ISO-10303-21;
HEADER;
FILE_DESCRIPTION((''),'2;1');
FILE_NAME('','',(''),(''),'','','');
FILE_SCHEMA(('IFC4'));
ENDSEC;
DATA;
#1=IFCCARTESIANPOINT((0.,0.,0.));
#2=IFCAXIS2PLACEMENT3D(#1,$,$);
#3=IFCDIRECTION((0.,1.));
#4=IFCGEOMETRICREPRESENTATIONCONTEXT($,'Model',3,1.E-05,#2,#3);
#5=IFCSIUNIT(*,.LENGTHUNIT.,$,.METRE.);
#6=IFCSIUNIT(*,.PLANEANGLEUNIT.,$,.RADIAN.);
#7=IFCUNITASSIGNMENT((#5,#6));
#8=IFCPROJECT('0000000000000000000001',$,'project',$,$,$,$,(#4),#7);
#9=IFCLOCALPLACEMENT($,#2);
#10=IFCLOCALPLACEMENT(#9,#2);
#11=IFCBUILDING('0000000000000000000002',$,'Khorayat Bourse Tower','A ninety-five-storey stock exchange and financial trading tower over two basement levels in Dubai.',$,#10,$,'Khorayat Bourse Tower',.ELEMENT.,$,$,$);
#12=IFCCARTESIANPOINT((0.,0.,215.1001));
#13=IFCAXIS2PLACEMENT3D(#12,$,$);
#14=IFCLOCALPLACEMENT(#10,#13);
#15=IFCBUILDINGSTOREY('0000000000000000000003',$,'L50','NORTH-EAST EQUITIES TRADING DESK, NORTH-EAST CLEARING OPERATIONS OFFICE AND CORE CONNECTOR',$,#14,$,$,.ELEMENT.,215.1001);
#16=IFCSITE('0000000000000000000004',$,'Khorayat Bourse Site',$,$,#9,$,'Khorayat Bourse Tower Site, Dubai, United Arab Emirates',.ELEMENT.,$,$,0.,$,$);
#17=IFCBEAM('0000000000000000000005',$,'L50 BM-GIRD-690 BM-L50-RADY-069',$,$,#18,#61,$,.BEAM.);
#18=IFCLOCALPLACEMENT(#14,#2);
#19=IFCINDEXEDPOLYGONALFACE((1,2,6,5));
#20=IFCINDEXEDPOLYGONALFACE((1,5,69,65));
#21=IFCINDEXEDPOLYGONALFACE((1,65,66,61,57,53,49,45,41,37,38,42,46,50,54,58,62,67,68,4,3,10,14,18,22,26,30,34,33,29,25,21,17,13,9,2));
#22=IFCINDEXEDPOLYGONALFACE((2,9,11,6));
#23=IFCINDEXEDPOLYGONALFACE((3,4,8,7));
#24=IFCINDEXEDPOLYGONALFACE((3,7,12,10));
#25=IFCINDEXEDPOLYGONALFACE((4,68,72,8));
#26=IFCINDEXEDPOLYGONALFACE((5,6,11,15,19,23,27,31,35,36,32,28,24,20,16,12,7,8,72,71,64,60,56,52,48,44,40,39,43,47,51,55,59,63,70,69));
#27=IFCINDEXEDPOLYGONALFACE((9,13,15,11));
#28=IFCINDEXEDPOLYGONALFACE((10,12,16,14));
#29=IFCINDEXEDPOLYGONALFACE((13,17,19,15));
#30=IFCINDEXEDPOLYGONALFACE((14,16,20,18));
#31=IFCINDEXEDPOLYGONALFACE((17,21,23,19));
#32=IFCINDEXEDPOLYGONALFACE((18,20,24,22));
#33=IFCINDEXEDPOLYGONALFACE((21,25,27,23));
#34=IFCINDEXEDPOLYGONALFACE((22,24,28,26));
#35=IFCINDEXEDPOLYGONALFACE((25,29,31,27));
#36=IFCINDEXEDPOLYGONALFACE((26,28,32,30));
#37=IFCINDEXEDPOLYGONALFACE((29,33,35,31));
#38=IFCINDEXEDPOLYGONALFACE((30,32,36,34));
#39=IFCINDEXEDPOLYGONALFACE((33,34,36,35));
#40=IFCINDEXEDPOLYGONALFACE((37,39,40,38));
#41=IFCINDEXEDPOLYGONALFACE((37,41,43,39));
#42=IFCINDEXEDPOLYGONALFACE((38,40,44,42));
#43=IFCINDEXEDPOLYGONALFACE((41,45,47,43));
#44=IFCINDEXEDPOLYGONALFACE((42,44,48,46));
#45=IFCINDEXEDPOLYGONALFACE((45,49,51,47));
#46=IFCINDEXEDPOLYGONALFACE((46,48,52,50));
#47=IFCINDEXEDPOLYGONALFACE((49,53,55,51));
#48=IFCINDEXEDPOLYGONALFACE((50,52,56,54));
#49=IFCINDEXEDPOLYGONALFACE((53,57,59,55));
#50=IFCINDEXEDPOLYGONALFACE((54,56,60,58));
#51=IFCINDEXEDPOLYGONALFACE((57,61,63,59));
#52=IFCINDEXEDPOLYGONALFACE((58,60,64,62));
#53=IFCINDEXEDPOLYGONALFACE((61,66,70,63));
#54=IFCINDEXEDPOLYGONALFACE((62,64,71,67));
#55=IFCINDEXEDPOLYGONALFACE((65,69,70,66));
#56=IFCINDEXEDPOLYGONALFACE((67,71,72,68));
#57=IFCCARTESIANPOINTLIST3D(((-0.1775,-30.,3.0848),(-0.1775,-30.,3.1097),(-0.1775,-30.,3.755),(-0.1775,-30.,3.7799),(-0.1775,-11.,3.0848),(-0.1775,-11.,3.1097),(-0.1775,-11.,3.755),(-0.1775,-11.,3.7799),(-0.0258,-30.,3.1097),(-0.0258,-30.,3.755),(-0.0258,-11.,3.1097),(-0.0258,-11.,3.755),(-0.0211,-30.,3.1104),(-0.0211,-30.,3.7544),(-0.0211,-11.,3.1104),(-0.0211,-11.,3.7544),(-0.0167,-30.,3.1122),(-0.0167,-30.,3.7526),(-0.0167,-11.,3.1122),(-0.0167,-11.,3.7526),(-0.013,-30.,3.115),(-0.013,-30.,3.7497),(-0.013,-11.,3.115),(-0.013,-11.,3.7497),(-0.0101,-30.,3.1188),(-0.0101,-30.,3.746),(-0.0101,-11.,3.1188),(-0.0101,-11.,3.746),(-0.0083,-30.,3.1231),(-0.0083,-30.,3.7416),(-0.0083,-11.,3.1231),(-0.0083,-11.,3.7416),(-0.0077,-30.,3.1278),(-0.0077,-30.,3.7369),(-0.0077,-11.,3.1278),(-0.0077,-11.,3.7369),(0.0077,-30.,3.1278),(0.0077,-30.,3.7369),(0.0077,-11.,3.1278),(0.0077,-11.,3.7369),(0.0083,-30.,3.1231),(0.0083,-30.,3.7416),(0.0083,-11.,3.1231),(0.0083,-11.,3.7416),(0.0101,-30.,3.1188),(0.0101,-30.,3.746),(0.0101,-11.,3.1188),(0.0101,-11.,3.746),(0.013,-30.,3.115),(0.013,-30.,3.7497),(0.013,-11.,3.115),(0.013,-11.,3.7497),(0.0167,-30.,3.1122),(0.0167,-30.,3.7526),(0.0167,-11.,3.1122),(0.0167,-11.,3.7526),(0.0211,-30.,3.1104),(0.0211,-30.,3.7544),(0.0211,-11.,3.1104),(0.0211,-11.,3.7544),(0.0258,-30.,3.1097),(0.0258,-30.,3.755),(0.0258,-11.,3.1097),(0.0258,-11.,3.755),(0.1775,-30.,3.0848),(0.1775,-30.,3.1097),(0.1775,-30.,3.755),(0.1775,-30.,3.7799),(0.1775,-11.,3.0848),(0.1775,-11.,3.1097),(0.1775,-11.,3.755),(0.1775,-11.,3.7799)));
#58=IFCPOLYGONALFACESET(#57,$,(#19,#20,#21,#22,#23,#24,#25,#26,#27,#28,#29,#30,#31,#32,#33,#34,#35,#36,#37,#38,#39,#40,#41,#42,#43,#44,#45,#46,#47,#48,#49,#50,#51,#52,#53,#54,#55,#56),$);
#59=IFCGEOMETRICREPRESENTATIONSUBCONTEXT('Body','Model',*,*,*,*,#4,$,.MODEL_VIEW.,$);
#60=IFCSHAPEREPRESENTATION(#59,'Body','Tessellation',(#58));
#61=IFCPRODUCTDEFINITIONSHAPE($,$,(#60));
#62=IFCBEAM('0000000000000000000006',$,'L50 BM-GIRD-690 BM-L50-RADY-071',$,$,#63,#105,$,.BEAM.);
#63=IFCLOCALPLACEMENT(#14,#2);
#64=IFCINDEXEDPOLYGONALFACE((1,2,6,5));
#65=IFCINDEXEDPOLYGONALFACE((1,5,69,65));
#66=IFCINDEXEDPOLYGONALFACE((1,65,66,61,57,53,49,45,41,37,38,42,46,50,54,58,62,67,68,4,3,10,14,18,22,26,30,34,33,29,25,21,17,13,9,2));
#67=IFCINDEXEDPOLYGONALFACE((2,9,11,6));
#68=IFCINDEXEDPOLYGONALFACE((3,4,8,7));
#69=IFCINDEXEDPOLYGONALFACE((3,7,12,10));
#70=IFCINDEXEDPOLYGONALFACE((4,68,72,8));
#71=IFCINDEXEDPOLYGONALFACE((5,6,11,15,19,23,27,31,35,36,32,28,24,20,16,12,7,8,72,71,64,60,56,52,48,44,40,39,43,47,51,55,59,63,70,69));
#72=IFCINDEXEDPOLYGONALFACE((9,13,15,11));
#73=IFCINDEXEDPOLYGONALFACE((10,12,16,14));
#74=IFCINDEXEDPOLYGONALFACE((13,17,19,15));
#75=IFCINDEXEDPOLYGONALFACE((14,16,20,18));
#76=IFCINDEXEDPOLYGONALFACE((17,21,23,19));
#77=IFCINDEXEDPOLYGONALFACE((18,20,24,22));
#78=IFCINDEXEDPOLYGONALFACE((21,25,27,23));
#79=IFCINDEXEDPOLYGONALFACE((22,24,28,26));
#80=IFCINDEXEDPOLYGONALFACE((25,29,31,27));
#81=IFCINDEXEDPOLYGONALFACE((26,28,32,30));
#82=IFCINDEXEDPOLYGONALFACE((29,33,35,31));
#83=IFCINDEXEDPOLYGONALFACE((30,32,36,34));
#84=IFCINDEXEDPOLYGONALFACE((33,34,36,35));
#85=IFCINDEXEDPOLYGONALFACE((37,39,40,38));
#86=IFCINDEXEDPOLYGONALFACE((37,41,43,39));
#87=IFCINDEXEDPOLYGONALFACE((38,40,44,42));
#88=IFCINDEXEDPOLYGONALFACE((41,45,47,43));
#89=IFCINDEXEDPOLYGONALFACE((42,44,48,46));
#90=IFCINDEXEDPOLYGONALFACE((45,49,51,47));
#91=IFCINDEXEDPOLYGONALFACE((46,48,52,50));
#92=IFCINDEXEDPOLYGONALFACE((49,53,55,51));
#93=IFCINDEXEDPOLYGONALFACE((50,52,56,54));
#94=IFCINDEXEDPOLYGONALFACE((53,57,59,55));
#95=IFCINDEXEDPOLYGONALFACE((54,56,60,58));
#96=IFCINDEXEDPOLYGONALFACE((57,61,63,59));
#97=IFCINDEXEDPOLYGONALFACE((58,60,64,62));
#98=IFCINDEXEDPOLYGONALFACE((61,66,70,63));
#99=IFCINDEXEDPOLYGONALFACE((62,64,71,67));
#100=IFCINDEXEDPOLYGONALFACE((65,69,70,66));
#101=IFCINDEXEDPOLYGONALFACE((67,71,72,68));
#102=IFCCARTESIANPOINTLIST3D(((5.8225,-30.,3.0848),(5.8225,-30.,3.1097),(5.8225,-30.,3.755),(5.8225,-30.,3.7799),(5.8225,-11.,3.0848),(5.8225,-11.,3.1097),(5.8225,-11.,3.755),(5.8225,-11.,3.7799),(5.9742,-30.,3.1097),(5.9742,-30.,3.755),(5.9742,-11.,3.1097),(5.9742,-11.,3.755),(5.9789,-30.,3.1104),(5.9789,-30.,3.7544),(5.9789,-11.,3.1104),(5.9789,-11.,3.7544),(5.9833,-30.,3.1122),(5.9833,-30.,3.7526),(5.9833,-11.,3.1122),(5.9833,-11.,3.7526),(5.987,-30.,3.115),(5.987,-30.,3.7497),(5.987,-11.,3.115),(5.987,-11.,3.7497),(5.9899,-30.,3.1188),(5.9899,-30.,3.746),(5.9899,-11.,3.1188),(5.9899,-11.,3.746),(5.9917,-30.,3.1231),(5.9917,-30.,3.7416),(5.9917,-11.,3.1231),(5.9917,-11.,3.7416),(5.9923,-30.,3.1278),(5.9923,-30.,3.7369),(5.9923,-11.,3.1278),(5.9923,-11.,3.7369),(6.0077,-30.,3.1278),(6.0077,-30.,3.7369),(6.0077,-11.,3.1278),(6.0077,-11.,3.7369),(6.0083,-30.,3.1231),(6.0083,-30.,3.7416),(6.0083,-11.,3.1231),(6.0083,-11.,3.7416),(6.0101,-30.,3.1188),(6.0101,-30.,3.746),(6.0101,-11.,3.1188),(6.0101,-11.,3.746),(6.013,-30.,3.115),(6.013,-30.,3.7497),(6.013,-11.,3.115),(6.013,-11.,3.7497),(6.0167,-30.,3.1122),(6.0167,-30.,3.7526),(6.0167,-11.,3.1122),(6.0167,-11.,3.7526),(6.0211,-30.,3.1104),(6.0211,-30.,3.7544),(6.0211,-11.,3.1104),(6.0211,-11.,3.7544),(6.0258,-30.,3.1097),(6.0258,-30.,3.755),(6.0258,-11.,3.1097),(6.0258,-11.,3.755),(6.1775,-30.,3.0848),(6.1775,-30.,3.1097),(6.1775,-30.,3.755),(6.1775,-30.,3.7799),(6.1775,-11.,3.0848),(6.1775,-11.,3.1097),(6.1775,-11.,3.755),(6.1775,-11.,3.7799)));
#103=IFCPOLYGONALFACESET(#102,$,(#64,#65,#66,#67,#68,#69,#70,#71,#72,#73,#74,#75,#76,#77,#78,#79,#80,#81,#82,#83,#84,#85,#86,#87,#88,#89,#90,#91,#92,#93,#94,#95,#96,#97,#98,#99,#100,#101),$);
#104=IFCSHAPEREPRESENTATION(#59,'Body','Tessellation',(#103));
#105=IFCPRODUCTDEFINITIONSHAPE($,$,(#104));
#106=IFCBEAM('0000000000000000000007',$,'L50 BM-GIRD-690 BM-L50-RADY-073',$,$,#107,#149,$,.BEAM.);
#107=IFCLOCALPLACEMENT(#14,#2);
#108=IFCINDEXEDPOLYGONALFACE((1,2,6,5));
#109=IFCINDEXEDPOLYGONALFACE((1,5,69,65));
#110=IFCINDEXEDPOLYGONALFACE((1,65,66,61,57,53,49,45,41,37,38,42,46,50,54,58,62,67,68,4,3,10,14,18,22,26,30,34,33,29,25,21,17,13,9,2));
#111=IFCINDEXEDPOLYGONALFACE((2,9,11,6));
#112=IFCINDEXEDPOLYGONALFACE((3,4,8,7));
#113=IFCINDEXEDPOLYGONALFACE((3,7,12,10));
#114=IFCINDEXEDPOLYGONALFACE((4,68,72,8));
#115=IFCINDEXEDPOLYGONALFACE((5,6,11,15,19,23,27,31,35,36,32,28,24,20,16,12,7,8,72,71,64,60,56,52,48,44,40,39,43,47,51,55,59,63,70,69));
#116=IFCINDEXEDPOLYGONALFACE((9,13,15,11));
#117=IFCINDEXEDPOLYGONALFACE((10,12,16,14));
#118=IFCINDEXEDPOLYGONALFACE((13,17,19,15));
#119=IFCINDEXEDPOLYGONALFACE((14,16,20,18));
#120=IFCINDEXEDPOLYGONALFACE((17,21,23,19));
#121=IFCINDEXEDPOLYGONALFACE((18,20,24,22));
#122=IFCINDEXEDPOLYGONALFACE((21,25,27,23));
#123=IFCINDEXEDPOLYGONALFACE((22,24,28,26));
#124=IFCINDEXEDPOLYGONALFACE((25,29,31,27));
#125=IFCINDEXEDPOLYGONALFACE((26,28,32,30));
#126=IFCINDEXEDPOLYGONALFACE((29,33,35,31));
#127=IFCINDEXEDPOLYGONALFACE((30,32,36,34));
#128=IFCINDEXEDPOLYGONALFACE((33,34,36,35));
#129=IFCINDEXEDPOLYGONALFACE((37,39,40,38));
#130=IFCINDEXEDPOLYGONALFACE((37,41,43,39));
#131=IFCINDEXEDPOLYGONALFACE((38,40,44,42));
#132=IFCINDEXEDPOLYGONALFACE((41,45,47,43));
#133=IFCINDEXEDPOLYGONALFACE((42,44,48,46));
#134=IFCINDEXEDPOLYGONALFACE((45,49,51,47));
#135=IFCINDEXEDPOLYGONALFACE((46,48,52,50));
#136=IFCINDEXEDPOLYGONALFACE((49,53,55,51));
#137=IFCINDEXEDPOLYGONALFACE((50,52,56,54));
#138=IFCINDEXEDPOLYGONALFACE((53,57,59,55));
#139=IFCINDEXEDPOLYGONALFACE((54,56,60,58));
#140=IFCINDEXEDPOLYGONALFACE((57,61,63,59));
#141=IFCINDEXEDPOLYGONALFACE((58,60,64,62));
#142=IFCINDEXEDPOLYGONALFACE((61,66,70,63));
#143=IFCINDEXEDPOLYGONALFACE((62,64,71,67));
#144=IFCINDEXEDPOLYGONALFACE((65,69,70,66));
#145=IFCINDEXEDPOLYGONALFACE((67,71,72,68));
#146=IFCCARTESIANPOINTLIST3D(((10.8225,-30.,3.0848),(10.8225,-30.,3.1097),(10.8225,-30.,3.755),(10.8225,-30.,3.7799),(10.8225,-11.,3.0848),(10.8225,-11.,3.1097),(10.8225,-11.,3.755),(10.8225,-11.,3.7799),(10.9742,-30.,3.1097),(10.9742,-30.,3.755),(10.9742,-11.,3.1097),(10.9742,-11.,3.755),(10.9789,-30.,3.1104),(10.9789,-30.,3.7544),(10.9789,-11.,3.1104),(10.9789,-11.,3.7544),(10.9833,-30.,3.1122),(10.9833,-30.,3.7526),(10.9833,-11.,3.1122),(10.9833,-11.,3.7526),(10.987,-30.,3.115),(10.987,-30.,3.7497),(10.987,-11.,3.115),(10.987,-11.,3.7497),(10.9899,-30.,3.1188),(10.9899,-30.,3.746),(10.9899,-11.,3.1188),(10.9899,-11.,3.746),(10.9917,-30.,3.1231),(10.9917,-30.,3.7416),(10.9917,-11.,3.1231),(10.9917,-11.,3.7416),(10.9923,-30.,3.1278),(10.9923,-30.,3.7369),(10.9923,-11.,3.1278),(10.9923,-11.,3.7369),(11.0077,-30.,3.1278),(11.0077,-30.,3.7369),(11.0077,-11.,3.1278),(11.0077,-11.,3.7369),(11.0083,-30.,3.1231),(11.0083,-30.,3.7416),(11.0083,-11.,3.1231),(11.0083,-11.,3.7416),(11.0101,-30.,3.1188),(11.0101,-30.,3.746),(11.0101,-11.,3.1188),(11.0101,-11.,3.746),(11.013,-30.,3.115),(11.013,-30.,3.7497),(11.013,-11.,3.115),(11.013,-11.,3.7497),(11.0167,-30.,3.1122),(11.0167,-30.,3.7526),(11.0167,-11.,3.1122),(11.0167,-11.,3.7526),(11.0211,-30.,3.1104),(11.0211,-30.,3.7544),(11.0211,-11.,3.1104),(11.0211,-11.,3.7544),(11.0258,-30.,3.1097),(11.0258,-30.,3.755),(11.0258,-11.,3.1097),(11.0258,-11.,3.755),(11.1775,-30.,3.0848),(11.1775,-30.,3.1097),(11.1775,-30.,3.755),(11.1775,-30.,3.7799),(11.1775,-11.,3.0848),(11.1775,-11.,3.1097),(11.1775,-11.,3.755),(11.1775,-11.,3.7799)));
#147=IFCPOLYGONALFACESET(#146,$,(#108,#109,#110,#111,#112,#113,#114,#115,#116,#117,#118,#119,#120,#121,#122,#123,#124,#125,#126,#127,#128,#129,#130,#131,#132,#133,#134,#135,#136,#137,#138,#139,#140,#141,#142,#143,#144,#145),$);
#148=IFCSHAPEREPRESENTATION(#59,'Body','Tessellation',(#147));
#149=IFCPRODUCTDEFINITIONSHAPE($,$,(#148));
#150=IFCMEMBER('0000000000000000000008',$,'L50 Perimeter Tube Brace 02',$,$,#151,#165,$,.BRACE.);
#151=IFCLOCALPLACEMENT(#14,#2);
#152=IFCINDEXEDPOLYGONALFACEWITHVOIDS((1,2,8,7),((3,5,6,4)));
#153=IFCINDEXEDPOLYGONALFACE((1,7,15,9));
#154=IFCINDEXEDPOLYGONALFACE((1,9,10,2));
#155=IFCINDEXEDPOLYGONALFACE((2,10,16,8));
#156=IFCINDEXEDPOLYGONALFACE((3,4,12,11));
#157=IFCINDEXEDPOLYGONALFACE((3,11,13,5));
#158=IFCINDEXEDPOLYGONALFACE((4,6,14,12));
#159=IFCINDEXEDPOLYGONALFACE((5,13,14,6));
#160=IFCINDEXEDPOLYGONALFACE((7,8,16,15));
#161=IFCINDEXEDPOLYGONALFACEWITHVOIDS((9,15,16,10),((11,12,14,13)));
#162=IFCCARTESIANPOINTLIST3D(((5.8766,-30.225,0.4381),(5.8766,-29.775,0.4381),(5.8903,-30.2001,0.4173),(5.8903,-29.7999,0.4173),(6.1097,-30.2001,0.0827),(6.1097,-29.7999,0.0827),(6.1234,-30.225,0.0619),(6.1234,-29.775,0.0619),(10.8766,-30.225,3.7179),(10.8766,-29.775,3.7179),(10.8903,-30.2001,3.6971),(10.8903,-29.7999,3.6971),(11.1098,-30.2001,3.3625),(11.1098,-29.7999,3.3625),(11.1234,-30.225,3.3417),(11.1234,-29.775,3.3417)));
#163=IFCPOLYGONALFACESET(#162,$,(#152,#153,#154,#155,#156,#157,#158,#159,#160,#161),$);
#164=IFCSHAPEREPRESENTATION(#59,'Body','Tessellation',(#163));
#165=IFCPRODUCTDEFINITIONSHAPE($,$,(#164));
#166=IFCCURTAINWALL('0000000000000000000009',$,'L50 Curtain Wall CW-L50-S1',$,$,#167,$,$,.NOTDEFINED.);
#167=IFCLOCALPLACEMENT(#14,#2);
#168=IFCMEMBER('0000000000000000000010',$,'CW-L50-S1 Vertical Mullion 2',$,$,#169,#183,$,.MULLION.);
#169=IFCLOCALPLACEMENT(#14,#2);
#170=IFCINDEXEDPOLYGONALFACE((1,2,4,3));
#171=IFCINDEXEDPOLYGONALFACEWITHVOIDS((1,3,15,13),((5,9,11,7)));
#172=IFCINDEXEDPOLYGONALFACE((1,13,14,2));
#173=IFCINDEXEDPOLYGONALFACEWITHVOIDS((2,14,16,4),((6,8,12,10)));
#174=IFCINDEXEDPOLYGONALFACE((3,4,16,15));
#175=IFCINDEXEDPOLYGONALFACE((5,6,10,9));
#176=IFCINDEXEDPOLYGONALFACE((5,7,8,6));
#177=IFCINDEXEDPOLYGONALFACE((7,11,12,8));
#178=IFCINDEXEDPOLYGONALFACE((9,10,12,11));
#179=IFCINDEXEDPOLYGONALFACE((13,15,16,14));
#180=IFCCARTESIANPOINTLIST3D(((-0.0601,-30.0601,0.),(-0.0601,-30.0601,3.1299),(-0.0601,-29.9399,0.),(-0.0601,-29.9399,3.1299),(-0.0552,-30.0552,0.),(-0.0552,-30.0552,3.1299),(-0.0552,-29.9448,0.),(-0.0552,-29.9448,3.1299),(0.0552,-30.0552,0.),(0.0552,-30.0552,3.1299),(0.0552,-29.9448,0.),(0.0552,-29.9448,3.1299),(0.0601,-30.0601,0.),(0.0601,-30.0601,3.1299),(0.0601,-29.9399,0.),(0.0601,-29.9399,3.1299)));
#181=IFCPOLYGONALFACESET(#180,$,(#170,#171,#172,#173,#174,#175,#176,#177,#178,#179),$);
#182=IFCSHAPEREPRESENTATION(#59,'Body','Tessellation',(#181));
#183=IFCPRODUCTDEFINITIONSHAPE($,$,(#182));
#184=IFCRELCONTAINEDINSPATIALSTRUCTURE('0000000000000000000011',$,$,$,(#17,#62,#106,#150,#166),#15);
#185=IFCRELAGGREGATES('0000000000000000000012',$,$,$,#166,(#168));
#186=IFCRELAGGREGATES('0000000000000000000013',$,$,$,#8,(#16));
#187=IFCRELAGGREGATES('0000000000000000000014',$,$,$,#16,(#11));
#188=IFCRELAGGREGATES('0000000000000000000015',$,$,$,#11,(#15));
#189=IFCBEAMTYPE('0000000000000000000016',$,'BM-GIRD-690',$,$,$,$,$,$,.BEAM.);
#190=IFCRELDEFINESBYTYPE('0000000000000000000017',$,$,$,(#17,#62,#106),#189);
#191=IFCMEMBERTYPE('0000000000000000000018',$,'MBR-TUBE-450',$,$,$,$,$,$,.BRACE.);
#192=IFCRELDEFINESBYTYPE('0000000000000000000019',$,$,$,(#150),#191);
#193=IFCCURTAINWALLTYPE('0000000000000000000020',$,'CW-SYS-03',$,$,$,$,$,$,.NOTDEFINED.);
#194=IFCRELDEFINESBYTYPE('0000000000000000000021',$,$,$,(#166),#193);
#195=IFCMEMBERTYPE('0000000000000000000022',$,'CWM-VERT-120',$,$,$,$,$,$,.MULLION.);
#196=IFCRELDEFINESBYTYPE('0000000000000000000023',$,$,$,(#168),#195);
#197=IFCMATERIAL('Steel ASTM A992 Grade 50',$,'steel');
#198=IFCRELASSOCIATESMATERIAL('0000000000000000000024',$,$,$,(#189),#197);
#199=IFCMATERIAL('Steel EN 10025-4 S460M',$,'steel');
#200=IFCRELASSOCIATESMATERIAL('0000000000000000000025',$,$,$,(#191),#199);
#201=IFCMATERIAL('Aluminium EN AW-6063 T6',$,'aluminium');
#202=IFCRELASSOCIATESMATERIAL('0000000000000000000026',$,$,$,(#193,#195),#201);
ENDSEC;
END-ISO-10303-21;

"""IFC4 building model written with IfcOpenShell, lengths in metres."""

from ifc_helpers import new_model, si_unit, direction, frame, origin, origin_2d, place, context, subcontext, project, spatial, hollow_rectangle, i_section, extrude, source, transform, mapped, material, material_profile, profile_set, type_object, element, aggregate, save


model = new_model("IFC4")

# Units and contexts
model_context = context("Model", 3, precision=1e-05, world=origin(), true_north=direction((0.0, 1.0)))
body_context = subcontext(model_context, "Body", "Model", "MODEL_VIEW")
ifc_project = project(units=[si_unit("LENGTHUNIT", "METRE"), si_unit("PLANEANGLEUNIT", "RADIAN")], contexts=[model_context])

# Site, building, storey
site_placement = place(None, origin())
site = spatial("IfcSite", under=ifc_project, at=site_placement, Name="Khorayat Bourse Site", LongName="Khorayat Bourse Tower Site, Dubai, United Arab Emirates", CompositionType="ELEMENT", RefElevation=0.0)
building_placement = place(site_placement, origin())
building = spatial("IfcBuilding", under=site, at=building_placement, Name="Khorayat Bourse Tower", Description="A ninety-five-storey stock exchange and financial trading tower over two basement levels in Dubai.", LongName="Khorayat Bourse Tower", CompositionType="ELEMENT")
storey_placement = place(building_placement, frame((0.0, 0.0, 215.1001)))
storey = spatial("IfcBuildingStorey", under=building, at=storey_placement, Name="L50", Description="NORTH-EAST EQUITIES TRADING DESK, NORTH-EAST CLEARING OPERATIONS OFFICE AND CORE CONNECTOR", CompositionType="ELEMENT", Elevation=215.1001)

# Shared definitions
ifc_material_1 = material(Name="Steel EN 10025-4 S460M", Category="steel")

# Beams
ifc_material_2 = material(Name="Steel ASTM A992 Grade 50", Category="steel")
ifc_material_profile_1 = material_profile(ifc_material_2, i_section(OverallWidth=0.355, OverallDepth=0.6951, WebThickness=0.0154, FlangeThickness=0.0249, FilletRadius=0.0181, at=origin_2d()), Name="W690X217")
ifc_profile_set_1 = profile_set([ifc_material_profile_1], Name="Steel ASTM A992 Grade 50")
beam_type_1 = type_object("IfcBeamType", Name="BM-GIRD-690", PredefinedType="BEAM", material=ifc_profile_set_1)
shared_shape_1 = source(origin(), body_context, "Body", "SweptSolid", [
    extrude(i_section(OverallWidth=0.355, OverallDepth=0.6951, WebThickness=0.0154, FlangeThickness=0.0249, FilletRadius=0.0181, at=origin_2d()), origin(), (0.0, 0.0, 1.0), 19.0),
])
for number, where, z_axis, x_axis, name in (
    (1, (0.0, -30.0, 3.4324), (0.0, 1.0, 0.0), (-1.0, 0.0, 0.0), "L50 BM-GIRD-690 BM-L50-RADY-069"),
    (2, (6.0, -30.0, 3.4324), (0.0, 1.0, 0.0), (-1.0, 0.0, 0.0), "L50 BM-GIRD-690 BM-L50-RADY-071"),
    (3, (11.0, -30.0, 3.4324), (0.0, 1.0, 0.0), (-1.0, 0.0, 0.0), "L50 BM-GIRD-690 BM-L50-RADY-073"),
):
    element("IfcBeam", number, at=place(storey_placement, frame(where, z_axis=z_axis, x_axis=x_axis)), inside=storey, type_object=beam_type_1, Name=name, PredefinedType="BEAM", context=body_context, shape_type="MappedRepresentation", body=[
        mapped(shared_shape_1, transform((0.0, 0.0, 0.0), scale=1.0)),
    ])

# Member
ifc_material_profile_2 = material_profile(ifc_material_1, hollow_rectangle(XDim=0.45, YDim=0.45, WallThickness=0.0249, at=origin_2d()), Name="HSS 450x450x25")
ifc_profile_set_2 = profile_set([ifc_material_profile_2], Name="Steel EN 10025-4 S460M")
member_type_1 = type_object("IfcMemberType", Name="MBR-TUBE-450", PredefinedType="BRACE", material=ifc_profile_set_2)
shared_shape_2 = source(origin(), body_context, "Body", "SweptSolid", [
    extrude(hollow_rectangle(XDim=0.45, YDim=0.45, WallThickness=0.0249, at=origin_2d()), origin(), (0.0, 0.0, 1.0), 5.9797),
])
member_1_placement = place(storey_placement, frame((6.0, -30.0, 0.25), z_axis=(0.83616, 0.0, 0.548485), x_axis=(0.0, 1.0, 0.0)))
element("IfcMember", 4, at=member_1_placement, inside=storey, type_object=member_type_1, Name="L50 Perimeter Tube Brace 02", PredefinedType="BRACE", context=body_context, shape_type="MappedRepresentation", body=[
    mapped(shared_shape_2, transform((0.0, 0.0, 0.0), scale=1.0)),
])

# Curtain wall, member
ifc_material_3 = material(Name="Aluminium EN AW-6063 T6", Category="aluminium")
curtain_wall_type = type_object("IfcCurtainWallType", Name="CW-SYS-03", PredefinedType="NOTDEFINED", material=ifc_material_3)
curtain_wall_placement = place(storey_placement, origin())
curtain_wall = element("IfcCurtainWall", 5, at=curtain_wall_placement, inside=storey, type_object=curtain_wall_type, Name="L50 Curtain Wall CW-L50-S1", PredefinedType="NOTDEFINED")
ifc_material_profile_3 = material_profile(ifc_material_3, hollow_rectangle(XDim=0.1201, YDim=0.1201, WallThickness=0.0049, at=origin_2d()), Name="ALU 120x120x5")
ifc_profile_set_3 = profile_set([ifc_material_profile_3], Name="Aluminium EN AW-6063 T6")
member_type_2 = type_object("IfcMemberType", Name="CWM-VERT-120", PredefinedType="MULLION", material=ifc_profile_set_3)
shared_shape_3 = source(origin(), body_context, "Body", "SweptSolid", [
    extrude(hollow_rectangle(XDim=0.1201, YDim=0.1201, WallThickness=0.0049, at=origin_2d()), origin(), (0.0, 0.0, 1.0), 3.1299),
])
member_2_placement = place(storey_placement, frame((0.0, -30.0, 0.0), z_axis=(0.0, 0.0, 1.0), x_axis=(0.0, 1.0, 0.0)))
member_2 = element("IfcMember", 6, at=member_2_placement, type_object=member_type_2, Name="CW-L50-S1 Vertical Mullion 2", PredefinedType="MULLION", context=body_context, shape_type="MappedRepresentation", body=[
    mapped(shared_shape_3, transform((0.0, 0.0, 0.0), scale=1.0)),
])
aggregate(curtain_wall, [member_2])

save(model, "model.ifc")
